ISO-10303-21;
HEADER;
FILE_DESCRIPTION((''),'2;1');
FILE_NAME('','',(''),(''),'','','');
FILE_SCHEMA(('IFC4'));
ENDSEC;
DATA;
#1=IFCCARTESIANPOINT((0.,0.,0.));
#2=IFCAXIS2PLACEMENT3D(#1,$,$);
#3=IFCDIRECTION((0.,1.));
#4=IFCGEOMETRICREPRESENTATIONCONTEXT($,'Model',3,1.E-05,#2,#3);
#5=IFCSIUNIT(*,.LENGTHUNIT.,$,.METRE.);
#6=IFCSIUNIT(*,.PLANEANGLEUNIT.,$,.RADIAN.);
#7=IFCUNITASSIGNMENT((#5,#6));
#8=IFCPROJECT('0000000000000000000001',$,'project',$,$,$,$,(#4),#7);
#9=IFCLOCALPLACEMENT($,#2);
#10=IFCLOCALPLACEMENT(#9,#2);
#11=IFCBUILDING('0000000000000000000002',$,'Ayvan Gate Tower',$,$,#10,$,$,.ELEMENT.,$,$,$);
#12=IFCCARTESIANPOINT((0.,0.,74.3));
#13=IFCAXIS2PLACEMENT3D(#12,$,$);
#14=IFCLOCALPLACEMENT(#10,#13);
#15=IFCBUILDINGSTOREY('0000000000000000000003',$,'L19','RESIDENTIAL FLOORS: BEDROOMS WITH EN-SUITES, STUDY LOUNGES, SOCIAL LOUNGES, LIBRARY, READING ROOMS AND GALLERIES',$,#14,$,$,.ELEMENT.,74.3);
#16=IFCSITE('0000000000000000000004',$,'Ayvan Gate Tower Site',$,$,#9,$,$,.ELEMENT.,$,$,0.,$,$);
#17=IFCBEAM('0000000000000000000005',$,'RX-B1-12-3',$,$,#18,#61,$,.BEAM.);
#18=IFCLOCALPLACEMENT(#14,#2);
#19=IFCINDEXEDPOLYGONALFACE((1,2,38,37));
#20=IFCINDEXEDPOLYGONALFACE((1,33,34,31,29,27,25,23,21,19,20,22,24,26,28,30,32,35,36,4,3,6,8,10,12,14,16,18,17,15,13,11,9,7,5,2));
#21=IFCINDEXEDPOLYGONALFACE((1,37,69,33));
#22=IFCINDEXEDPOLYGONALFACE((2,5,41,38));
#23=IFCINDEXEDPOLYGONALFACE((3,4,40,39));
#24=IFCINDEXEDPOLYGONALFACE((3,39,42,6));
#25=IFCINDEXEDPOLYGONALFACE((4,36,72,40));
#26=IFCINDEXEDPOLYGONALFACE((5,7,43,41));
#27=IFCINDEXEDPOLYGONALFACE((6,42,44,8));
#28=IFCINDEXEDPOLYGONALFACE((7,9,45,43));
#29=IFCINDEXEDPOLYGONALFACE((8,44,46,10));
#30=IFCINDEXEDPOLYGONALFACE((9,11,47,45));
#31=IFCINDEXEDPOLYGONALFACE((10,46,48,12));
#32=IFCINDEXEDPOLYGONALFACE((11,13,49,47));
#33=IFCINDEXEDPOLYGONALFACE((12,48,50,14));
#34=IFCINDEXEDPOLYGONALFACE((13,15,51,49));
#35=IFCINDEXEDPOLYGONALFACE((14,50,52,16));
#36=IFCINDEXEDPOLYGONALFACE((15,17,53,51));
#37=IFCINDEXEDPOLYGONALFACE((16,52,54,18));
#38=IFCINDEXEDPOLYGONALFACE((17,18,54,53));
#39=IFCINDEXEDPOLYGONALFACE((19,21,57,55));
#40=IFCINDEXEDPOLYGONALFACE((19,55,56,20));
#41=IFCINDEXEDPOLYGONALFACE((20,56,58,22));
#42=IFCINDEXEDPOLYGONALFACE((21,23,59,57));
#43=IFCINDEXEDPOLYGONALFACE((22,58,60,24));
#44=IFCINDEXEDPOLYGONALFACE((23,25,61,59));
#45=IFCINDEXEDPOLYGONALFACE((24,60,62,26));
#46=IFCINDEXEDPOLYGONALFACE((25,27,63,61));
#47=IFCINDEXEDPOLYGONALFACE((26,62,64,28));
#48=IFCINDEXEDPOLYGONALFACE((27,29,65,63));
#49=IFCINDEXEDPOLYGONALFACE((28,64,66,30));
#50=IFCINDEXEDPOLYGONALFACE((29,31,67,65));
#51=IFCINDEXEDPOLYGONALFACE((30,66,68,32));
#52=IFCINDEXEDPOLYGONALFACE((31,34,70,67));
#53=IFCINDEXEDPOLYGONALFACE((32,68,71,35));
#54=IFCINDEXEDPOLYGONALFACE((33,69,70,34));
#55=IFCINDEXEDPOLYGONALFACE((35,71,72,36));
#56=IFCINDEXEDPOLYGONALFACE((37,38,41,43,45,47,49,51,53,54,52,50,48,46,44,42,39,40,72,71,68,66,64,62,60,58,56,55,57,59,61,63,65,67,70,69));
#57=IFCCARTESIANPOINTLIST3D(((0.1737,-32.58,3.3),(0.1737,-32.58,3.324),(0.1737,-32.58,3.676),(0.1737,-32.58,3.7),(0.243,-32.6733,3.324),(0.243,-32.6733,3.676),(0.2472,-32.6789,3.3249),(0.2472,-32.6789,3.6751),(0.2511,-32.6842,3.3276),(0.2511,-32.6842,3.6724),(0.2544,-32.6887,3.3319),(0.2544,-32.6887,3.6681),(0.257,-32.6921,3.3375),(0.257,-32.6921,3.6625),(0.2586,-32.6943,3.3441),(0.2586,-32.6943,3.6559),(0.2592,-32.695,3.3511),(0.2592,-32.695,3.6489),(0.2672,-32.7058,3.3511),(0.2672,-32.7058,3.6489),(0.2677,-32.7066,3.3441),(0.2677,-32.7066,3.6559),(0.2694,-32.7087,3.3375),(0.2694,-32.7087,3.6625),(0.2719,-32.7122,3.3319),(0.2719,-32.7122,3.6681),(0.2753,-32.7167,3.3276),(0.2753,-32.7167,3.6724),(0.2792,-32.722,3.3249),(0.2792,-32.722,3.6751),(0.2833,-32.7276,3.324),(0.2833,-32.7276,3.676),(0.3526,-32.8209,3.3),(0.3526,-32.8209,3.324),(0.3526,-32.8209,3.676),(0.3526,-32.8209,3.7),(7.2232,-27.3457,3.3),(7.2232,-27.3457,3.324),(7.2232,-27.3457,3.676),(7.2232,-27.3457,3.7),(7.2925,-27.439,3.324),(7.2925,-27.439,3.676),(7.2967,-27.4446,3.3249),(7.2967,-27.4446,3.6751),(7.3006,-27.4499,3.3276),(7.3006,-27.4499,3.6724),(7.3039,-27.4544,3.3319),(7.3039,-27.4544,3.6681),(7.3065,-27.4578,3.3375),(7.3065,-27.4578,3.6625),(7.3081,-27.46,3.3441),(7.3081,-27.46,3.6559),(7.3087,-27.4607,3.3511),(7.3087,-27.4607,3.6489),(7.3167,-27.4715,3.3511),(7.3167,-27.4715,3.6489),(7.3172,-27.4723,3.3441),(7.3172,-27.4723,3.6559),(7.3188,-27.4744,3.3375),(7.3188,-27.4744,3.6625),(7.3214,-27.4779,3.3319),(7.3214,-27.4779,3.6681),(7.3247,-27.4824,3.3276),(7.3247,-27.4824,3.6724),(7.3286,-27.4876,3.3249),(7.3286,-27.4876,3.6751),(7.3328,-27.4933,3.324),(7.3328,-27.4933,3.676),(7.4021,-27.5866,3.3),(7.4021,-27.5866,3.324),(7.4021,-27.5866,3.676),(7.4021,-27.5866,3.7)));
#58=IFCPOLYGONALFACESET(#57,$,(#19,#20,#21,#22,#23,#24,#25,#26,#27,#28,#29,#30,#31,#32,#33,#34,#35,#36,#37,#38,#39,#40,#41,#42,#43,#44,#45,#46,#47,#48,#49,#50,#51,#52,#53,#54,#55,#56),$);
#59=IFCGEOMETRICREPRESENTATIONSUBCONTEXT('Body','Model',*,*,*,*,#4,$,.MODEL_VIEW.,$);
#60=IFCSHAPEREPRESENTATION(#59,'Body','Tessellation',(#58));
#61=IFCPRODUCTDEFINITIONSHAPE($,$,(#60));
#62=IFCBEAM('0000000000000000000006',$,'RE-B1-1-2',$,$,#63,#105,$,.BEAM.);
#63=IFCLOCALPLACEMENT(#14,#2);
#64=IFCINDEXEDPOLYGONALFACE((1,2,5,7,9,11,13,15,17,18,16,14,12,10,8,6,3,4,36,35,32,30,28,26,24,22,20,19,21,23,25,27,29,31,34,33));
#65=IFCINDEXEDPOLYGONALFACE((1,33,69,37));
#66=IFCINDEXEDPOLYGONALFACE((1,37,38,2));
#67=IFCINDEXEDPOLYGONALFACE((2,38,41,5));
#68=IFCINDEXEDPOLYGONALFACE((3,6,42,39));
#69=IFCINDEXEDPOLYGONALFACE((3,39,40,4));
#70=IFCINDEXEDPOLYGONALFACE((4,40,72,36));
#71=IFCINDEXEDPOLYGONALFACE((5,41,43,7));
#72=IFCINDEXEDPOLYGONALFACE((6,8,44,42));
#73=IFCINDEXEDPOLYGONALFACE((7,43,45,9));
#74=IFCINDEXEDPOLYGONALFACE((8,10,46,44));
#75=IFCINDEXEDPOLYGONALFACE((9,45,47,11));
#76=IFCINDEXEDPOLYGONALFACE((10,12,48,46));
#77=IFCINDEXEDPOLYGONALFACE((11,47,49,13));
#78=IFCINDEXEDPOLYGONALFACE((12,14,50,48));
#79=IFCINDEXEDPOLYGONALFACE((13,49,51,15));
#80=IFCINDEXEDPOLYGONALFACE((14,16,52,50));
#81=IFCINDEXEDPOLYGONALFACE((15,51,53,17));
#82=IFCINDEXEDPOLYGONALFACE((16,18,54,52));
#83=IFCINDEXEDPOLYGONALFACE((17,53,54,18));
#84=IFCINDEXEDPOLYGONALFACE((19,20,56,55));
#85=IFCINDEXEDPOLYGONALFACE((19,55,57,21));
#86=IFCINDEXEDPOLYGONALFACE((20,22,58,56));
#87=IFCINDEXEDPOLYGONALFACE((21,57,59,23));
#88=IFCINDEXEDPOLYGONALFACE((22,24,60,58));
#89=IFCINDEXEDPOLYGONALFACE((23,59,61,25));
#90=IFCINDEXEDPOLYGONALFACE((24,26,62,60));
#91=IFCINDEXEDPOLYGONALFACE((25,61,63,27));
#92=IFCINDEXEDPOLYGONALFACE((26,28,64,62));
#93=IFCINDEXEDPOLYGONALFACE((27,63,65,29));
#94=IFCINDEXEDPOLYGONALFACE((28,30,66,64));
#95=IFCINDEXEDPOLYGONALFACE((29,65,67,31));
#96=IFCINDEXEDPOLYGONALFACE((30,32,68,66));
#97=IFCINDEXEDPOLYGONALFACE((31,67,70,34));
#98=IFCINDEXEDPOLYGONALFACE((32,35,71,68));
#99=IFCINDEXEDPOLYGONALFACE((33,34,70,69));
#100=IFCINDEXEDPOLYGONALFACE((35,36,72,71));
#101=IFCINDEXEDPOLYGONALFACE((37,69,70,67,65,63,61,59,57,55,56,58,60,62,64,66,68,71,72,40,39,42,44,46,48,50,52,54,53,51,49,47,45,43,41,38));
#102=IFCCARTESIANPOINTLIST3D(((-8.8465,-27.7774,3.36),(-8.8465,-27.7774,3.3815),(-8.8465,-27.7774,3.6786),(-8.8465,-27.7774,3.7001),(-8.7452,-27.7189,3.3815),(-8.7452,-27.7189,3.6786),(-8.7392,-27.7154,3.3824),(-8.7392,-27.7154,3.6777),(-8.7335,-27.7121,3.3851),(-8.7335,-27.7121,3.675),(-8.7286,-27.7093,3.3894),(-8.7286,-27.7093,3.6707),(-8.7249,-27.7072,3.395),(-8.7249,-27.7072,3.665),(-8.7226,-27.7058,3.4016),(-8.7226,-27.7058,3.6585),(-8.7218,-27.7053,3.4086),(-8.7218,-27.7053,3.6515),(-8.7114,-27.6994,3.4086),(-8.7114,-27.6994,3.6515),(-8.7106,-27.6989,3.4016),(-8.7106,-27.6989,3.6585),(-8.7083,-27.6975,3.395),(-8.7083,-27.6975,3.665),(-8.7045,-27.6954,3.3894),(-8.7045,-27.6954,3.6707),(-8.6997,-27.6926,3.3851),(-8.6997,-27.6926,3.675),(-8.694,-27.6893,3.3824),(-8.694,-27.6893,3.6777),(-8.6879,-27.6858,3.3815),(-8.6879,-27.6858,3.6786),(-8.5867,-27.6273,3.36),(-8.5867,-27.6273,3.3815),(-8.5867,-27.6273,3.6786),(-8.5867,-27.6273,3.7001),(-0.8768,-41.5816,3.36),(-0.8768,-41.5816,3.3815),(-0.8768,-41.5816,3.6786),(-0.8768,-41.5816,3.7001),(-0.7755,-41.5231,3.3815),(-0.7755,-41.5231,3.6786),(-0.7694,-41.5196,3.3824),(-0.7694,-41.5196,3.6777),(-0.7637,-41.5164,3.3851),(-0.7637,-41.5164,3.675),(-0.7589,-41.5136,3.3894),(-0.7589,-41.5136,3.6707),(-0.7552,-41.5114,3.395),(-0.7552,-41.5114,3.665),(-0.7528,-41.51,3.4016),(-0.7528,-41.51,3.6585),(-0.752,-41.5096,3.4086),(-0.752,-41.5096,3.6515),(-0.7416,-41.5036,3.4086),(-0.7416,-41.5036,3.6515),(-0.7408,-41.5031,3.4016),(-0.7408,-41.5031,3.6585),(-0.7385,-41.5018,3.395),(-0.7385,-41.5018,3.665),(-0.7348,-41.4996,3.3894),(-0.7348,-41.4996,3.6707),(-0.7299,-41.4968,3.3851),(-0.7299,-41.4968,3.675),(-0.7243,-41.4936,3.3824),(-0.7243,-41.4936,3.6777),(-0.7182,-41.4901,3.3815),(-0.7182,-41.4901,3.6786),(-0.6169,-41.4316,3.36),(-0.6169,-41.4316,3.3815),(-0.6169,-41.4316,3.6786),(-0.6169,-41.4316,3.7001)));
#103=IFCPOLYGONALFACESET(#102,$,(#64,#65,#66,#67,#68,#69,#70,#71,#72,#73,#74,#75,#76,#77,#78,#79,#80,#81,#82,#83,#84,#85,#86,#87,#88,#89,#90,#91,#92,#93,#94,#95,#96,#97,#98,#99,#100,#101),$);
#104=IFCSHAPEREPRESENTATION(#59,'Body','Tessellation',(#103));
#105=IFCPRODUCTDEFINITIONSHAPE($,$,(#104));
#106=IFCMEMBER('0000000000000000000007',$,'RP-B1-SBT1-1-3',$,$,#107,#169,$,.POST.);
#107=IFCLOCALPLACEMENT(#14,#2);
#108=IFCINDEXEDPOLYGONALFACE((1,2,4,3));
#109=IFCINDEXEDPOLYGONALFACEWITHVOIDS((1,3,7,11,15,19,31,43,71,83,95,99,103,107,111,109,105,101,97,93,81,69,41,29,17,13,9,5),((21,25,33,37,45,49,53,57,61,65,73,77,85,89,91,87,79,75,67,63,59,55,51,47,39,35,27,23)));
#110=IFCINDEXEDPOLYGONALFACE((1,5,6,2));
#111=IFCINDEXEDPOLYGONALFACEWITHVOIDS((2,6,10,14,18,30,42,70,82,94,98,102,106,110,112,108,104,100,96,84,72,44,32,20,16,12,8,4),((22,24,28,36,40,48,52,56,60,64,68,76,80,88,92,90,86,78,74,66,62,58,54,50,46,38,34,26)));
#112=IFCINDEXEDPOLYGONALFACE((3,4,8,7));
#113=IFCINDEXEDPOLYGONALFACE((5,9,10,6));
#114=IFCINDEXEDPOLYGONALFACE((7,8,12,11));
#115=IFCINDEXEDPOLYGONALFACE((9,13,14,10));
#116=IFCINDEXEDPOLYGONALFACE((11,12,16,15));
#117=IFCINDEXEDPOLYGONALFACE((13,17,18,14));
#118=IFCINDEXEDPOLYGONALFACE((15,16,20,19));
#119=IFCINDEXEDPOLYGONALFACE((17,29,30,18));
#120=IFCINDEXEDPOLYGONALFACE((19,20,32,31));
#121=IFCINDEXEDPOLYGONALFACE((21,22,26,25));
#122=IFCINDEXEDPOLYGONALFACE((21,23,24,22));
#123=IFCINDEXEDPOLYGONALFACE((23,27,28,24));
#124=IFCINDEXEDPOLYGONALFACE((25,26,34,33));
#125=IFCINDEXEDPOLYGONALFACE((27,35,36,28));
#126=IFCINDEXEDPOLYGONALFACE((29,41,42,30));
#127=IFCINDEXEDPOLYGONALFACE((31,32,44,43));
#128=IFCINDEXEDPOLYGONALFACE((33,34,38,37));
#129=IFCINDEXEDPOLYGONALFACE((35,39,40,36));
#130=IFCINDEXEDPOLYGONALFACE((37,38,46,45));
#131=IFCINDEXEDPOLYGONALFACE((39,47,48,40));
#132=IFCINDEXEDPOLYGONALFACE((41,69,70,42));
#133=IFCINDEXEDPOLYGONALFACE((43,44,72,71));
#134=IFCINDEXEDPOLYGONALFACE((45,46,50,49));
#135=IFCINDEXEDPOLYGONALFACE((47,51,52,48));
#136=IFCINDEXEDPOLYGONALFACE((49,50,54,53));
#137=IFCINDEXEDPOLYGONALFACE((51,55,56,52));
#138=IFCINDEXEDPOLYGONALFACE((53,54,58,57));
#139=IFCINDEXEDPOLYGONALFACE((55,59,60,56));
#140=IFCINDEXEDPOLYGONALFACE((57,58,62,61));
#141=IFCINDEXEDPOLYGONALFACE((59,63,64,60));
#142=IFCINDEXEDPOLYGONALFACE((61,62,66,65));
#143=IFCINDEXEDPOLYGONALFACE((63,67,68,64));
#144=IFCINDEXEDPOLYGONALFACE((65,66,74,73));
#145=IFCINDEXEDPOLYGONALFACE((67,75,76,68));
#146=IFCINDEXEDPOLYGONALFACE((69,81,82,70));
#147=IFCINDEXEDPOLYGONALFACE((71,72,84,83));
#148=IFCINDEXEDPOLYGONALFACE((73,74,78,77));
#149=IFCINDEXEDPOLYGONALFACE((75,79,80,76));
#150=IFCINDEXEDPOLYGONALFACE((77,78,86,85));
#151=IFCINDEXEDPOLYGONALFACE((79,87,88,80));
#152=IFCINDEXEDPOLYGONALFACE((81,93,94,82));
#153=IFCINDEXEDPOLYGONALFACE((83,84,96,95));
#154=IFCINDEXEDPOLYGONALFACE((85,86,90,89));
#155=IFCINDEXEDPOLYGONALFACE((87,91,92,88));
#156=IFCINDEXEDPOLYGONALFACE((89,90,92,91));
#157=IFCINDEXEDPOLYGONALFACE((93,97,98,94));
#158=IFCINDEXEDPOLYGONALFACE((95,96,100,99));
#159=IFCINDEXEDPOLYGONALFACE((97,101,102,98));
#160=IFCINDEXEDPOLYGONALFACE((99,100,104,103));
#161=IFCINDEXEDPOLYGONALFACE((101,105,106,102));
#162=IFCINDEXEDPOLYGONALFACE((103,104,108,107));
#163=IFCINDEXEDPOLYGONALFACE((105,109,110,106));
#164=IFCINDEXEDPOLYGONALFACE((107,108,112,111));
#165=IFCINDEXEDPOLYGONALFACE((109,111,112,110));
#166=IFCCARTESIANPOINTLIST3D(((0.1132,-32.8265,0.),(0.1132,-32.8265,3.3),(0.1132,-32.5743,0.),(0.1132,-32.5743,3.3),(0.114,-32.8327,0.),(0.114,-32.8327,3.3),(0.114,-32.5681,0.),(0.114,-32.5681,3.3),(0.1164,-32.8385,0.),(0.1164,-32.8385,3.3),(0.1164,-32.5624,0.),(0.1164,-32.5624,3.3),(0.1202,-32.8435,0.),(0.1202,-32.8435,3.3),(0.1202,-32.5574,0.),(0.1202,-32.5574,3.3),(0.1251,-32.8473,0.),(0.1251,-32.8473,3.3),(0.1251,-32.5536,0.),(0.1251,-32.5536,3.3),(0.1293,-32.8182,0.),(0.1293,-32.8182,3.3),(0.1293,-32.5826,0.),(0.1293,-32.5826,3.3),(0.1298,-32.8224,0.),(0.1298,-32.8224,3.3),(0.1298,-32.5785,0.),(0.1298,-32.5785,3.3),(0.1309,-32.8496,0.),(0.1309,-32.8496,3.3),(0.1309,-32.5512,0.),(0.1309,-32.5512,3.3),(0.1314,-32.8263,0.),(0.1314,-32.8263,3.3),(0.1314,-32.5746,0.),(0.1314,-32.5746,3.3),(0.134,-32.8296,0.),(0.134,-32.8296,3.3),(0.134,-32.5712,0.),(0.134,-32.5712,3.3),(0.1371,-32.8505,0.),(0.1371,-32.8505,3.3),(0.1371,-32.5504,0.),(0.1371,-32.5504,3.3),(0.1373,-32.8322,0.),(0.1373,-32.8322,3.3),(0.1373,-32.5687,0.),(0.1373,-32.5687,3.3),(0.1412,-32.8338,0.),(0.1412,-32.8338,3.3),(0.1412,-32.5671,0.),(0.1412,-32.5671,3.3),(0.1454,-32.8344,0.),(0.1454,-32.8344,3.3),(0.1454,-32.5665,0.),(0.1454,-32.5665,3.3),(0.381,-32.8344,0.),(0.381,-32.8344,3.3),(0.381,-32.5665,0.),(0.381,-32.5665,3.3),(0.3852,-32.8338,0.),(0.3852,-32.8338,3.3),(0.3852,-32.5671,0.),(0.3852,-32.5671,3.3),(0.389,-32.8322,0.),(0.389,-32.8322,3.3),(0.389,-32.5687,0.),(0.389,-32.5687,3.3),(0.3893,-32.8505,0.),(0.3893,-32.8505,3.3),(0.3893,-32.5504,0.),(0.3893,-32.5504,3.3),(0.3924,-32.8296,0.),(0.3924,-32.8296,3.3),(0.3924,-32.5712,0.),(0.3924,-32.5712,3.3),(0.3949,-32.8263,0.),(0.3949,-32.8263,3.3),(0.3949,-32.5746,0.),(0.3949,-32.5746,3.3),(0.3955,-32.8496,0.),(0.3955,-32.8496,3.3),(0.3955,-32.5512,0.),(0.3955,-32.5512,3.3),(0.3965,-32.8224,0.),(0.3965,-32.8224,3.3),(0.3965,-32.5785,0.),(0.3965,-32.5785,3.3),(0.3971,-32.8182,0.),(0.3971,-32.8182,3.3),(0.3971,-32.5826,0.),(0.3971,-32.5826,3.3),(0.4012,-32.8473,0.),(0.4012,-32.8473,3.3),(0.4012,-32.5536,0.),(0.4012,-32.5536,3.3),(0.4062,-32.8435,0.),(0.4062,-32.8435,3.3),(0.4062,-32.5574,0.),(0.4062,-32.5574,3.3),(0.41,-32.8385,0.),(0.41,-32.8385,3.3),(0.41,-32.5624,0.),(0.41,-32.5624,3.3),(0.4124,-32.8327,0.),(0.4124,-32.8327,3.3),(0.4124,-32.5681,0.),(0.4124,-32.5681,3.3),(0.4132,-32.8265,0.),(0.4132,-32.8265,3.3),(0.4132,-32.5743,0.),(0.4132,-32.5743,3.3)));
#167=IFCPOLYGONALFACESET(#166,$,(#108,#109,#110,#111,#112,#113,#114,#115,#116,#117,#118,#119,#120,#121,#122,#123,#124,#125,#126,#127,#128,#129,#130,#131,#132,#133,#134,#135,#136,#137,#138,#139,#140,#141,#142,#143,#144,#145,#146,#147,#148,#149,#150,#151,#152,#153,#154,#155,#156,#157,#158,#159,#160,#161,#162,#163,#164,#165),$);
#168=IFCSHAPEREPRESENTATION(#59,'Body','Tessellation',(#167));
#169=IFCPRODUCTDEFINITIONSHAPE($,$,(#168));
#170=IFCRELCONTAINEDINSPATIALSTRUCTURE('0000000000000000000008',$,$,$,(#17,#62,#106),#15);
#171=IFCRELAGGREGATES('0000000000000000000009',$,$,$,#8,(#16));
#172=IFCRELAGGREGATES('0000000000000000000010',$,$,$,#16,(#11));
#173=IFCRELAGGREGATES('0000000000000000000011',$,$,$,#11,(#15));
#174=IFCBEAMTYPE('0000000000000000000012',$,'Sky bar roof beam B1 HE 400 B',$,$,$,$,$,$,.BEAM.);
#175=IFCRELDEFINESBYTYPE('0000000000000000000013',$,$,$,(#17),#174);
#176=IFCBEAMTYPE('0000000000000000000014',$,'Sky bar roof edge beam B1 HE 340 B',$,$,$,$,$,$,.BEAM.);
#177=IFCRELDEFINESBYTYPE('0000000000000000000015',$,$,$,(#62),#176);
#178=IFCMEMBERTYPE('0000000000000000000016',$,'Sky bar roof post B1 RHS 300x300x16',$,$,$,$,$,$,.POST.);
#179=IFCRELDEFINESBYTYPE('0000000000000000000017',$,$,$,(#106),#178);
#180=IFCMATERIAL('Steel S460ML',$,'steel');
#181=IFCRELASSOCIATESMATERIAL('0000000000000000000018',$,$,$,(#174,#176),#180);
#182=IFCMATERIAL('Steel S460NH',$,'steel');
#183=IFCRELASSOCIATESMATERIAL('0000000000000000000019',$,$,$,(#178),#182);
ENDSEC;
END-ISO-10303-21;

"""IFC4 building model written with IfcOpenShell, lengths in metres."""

from ifc_helpers import new_model, si_unit, direction, frame, origin, origin_2d, place, context, subcontext, project, spatial, hollow_rectangle, i_section, extrude, material, material_profile, profile_set, type_object, element, save


model = new_model("IFC4")

# Units and contexts
model_context = context("Model", 3, precision=1e-05, world=origin(), true_north=direction((0.0, 1.0)))
body_context = subcontext(model_context, "Body", "Model", "MODEL_VIEW")
ifc_project = project(units=[si_unit("LENGTHUNIT", "METRE"), si_unit("PLANEANGLEUNIT", "RADIAN")], contexts=[model_context])

# Site, building, storey
site_placement = place(None, origin())
site = spatial("IfcSite", under=ifc_project, at=site_placement, Name="Ayvan Gate Tower Site", CompositionType="ELEMENT", RefElevation=0.0)
building_placement = place(site_placement, origin())
building = spatial("IfcBuilding", under=site, at=building_placement, Name="Ayvan Gate Tower", CompositionType="ELEMENT")
storey_placement = place(building_placement, frame((0.0, 0.0, 74.3)))
storey = spatial("IfcBuildingStorey", under=building, at=storey_placement, Name="L19", Description="RESIDENTIAL FLOORS: BEDROOMS WITH EN-SUITES, STUDY LOUNGES, SOCIAL LOUNGES, LIBRARY, READING ROOMS AND GALLERIES", CompositionType="ELEMENT", Elevation=74.3)

# Beams
ifc_material_1 = material(Name="Steel S460ML", Category="steel")
ifc_material_profile_1 = material_profile(ifc_material_1, i_section(OverallWidth=0.3, OverallDepth=0.3999, WebThickness=0.0134, FlangeThickness=0.0239, FilletRadius=0.0271, at=origin_2d()), Name="HE 400 B")
ifc_profile_set_1 = profile_set([ifc_material_profile_1], Name="Steel S460ML")
beam_type_1 = type_object("IfcBeamType", Name="Sky bar roof beam B1 HE 400 B", PredefinedType="BEAM", material=ifc_profile_set_1)
beam_1_placement = place(storey_placement, frame((0.2632, -32.7004, 3.5), z_axis=(0.802877, 0.596145, 0.0), x_axis=(-0.596145, 0.802877, 0.0)))
element("IfcBeam", 1, at=beam_1_placement, inside=storey, type_object=beam_type_1, Name="RX-B1-12-3", PredefinedType="BEAM", context=body_context, shape_type="SweptSolid", body=[
    extrude(i_section(OverallWidth=0.3, OverallDepth=0.3999, WebThickness=0.0134, FlangeThickness=0.0239, FilletRadius=0.0271, at=origin_2d()), origin(), (0.0, 0.0, 1.0), 8.7803),
])
ifc_material_profile_2 = material_profile(ifc_material_1, i_section(OverallWidth=0.3, OverallDepth=0.3401, WebThickness=0.012, FlangeThickness=0.0215, FilletRadius=0.0271, at=origin_2d()), Name="HE 340 B")
ifc_profile_set_2 = profile_set([ifc_material_profile_2], Name="Steel S460ML")
beam_type_2 = type_object("IfcBeamType", Name="Sky bar roof edge beam B1 HE 340 B", PredefinedType="BEAM", material=ifc_profile_set_2)
beam_2_placement = place(storey_placement, frame((-0.7468, -41.5066, 3.53), z_axis=(-0.499994, 0.866029, 0.0), x_axis=(-0.866029, -0.499994, 0.0)))
element("IfcBeam", 2, at=beam_2_placement, inside=storey, type_object=beam_type_2, Name="RE-B1-1-2", PredefinedType="BEAM", context=body_context, shape_type="SweptSolid", body=[
    extrude(i_section(OverallWidth=0.3, OverallDepth=0.3401, WebThickness=0.012, FlangeThickness=0.0215, FilletRadius=0.0271, at=origin_2d()), origin(), (0.0, 0.0, 1.0), 15.9397),
])

# Member
ifc_material_2 = material(Name="Steel S460NH", Category="steel")
ifc_material_profile_3 = material_profile(ifc_material_2, hollow_rectangle(XDim=0.3, YDim=0.3, WallThickness=0.0161, InnerFilletRadius=0.0161, OuterFilletRadius=0.0239, at=origin_2d()), Name="RHS 300x300x16")
ifc_profile_set_3 = profile_set([ifc_material_profile_3], Name="Steel S460NH")
member_type_1 = type_object("IfcMemberType", Name="Sky bar roof post B1 RHS 300x300x16", PredefinedType="POST", material=ifc_profile_set_3)
for number, where, z_axis, x_axis, name in (
    (3, (0.2632, -32.7004, 0.0), (0.0, 0.0, 1.0), (1.0, 0.0, 0.0), "RP-B1-SBT1-1-3"),
):
    element("IfcMember", number, at=place(storey_placement, frame(where, z_axis=z_axis, x_axis=x_axis)), inside=storey, type_object=member_type_1, Name=name, PredefinedType="POST", context=body_context, shape_type="SweptSolid", body=[
        extrude(hollow_rectangle(XDim=0.3, YDim=0.3, WallThickness=0.0161, InnerFilletRadius=0.0161, OuterFilletRadius=0.0239, at=origin_2d()), origin(), (0.0, 0.0, 1.0), 3.3),
    ])

save(model, "model.ifc")
